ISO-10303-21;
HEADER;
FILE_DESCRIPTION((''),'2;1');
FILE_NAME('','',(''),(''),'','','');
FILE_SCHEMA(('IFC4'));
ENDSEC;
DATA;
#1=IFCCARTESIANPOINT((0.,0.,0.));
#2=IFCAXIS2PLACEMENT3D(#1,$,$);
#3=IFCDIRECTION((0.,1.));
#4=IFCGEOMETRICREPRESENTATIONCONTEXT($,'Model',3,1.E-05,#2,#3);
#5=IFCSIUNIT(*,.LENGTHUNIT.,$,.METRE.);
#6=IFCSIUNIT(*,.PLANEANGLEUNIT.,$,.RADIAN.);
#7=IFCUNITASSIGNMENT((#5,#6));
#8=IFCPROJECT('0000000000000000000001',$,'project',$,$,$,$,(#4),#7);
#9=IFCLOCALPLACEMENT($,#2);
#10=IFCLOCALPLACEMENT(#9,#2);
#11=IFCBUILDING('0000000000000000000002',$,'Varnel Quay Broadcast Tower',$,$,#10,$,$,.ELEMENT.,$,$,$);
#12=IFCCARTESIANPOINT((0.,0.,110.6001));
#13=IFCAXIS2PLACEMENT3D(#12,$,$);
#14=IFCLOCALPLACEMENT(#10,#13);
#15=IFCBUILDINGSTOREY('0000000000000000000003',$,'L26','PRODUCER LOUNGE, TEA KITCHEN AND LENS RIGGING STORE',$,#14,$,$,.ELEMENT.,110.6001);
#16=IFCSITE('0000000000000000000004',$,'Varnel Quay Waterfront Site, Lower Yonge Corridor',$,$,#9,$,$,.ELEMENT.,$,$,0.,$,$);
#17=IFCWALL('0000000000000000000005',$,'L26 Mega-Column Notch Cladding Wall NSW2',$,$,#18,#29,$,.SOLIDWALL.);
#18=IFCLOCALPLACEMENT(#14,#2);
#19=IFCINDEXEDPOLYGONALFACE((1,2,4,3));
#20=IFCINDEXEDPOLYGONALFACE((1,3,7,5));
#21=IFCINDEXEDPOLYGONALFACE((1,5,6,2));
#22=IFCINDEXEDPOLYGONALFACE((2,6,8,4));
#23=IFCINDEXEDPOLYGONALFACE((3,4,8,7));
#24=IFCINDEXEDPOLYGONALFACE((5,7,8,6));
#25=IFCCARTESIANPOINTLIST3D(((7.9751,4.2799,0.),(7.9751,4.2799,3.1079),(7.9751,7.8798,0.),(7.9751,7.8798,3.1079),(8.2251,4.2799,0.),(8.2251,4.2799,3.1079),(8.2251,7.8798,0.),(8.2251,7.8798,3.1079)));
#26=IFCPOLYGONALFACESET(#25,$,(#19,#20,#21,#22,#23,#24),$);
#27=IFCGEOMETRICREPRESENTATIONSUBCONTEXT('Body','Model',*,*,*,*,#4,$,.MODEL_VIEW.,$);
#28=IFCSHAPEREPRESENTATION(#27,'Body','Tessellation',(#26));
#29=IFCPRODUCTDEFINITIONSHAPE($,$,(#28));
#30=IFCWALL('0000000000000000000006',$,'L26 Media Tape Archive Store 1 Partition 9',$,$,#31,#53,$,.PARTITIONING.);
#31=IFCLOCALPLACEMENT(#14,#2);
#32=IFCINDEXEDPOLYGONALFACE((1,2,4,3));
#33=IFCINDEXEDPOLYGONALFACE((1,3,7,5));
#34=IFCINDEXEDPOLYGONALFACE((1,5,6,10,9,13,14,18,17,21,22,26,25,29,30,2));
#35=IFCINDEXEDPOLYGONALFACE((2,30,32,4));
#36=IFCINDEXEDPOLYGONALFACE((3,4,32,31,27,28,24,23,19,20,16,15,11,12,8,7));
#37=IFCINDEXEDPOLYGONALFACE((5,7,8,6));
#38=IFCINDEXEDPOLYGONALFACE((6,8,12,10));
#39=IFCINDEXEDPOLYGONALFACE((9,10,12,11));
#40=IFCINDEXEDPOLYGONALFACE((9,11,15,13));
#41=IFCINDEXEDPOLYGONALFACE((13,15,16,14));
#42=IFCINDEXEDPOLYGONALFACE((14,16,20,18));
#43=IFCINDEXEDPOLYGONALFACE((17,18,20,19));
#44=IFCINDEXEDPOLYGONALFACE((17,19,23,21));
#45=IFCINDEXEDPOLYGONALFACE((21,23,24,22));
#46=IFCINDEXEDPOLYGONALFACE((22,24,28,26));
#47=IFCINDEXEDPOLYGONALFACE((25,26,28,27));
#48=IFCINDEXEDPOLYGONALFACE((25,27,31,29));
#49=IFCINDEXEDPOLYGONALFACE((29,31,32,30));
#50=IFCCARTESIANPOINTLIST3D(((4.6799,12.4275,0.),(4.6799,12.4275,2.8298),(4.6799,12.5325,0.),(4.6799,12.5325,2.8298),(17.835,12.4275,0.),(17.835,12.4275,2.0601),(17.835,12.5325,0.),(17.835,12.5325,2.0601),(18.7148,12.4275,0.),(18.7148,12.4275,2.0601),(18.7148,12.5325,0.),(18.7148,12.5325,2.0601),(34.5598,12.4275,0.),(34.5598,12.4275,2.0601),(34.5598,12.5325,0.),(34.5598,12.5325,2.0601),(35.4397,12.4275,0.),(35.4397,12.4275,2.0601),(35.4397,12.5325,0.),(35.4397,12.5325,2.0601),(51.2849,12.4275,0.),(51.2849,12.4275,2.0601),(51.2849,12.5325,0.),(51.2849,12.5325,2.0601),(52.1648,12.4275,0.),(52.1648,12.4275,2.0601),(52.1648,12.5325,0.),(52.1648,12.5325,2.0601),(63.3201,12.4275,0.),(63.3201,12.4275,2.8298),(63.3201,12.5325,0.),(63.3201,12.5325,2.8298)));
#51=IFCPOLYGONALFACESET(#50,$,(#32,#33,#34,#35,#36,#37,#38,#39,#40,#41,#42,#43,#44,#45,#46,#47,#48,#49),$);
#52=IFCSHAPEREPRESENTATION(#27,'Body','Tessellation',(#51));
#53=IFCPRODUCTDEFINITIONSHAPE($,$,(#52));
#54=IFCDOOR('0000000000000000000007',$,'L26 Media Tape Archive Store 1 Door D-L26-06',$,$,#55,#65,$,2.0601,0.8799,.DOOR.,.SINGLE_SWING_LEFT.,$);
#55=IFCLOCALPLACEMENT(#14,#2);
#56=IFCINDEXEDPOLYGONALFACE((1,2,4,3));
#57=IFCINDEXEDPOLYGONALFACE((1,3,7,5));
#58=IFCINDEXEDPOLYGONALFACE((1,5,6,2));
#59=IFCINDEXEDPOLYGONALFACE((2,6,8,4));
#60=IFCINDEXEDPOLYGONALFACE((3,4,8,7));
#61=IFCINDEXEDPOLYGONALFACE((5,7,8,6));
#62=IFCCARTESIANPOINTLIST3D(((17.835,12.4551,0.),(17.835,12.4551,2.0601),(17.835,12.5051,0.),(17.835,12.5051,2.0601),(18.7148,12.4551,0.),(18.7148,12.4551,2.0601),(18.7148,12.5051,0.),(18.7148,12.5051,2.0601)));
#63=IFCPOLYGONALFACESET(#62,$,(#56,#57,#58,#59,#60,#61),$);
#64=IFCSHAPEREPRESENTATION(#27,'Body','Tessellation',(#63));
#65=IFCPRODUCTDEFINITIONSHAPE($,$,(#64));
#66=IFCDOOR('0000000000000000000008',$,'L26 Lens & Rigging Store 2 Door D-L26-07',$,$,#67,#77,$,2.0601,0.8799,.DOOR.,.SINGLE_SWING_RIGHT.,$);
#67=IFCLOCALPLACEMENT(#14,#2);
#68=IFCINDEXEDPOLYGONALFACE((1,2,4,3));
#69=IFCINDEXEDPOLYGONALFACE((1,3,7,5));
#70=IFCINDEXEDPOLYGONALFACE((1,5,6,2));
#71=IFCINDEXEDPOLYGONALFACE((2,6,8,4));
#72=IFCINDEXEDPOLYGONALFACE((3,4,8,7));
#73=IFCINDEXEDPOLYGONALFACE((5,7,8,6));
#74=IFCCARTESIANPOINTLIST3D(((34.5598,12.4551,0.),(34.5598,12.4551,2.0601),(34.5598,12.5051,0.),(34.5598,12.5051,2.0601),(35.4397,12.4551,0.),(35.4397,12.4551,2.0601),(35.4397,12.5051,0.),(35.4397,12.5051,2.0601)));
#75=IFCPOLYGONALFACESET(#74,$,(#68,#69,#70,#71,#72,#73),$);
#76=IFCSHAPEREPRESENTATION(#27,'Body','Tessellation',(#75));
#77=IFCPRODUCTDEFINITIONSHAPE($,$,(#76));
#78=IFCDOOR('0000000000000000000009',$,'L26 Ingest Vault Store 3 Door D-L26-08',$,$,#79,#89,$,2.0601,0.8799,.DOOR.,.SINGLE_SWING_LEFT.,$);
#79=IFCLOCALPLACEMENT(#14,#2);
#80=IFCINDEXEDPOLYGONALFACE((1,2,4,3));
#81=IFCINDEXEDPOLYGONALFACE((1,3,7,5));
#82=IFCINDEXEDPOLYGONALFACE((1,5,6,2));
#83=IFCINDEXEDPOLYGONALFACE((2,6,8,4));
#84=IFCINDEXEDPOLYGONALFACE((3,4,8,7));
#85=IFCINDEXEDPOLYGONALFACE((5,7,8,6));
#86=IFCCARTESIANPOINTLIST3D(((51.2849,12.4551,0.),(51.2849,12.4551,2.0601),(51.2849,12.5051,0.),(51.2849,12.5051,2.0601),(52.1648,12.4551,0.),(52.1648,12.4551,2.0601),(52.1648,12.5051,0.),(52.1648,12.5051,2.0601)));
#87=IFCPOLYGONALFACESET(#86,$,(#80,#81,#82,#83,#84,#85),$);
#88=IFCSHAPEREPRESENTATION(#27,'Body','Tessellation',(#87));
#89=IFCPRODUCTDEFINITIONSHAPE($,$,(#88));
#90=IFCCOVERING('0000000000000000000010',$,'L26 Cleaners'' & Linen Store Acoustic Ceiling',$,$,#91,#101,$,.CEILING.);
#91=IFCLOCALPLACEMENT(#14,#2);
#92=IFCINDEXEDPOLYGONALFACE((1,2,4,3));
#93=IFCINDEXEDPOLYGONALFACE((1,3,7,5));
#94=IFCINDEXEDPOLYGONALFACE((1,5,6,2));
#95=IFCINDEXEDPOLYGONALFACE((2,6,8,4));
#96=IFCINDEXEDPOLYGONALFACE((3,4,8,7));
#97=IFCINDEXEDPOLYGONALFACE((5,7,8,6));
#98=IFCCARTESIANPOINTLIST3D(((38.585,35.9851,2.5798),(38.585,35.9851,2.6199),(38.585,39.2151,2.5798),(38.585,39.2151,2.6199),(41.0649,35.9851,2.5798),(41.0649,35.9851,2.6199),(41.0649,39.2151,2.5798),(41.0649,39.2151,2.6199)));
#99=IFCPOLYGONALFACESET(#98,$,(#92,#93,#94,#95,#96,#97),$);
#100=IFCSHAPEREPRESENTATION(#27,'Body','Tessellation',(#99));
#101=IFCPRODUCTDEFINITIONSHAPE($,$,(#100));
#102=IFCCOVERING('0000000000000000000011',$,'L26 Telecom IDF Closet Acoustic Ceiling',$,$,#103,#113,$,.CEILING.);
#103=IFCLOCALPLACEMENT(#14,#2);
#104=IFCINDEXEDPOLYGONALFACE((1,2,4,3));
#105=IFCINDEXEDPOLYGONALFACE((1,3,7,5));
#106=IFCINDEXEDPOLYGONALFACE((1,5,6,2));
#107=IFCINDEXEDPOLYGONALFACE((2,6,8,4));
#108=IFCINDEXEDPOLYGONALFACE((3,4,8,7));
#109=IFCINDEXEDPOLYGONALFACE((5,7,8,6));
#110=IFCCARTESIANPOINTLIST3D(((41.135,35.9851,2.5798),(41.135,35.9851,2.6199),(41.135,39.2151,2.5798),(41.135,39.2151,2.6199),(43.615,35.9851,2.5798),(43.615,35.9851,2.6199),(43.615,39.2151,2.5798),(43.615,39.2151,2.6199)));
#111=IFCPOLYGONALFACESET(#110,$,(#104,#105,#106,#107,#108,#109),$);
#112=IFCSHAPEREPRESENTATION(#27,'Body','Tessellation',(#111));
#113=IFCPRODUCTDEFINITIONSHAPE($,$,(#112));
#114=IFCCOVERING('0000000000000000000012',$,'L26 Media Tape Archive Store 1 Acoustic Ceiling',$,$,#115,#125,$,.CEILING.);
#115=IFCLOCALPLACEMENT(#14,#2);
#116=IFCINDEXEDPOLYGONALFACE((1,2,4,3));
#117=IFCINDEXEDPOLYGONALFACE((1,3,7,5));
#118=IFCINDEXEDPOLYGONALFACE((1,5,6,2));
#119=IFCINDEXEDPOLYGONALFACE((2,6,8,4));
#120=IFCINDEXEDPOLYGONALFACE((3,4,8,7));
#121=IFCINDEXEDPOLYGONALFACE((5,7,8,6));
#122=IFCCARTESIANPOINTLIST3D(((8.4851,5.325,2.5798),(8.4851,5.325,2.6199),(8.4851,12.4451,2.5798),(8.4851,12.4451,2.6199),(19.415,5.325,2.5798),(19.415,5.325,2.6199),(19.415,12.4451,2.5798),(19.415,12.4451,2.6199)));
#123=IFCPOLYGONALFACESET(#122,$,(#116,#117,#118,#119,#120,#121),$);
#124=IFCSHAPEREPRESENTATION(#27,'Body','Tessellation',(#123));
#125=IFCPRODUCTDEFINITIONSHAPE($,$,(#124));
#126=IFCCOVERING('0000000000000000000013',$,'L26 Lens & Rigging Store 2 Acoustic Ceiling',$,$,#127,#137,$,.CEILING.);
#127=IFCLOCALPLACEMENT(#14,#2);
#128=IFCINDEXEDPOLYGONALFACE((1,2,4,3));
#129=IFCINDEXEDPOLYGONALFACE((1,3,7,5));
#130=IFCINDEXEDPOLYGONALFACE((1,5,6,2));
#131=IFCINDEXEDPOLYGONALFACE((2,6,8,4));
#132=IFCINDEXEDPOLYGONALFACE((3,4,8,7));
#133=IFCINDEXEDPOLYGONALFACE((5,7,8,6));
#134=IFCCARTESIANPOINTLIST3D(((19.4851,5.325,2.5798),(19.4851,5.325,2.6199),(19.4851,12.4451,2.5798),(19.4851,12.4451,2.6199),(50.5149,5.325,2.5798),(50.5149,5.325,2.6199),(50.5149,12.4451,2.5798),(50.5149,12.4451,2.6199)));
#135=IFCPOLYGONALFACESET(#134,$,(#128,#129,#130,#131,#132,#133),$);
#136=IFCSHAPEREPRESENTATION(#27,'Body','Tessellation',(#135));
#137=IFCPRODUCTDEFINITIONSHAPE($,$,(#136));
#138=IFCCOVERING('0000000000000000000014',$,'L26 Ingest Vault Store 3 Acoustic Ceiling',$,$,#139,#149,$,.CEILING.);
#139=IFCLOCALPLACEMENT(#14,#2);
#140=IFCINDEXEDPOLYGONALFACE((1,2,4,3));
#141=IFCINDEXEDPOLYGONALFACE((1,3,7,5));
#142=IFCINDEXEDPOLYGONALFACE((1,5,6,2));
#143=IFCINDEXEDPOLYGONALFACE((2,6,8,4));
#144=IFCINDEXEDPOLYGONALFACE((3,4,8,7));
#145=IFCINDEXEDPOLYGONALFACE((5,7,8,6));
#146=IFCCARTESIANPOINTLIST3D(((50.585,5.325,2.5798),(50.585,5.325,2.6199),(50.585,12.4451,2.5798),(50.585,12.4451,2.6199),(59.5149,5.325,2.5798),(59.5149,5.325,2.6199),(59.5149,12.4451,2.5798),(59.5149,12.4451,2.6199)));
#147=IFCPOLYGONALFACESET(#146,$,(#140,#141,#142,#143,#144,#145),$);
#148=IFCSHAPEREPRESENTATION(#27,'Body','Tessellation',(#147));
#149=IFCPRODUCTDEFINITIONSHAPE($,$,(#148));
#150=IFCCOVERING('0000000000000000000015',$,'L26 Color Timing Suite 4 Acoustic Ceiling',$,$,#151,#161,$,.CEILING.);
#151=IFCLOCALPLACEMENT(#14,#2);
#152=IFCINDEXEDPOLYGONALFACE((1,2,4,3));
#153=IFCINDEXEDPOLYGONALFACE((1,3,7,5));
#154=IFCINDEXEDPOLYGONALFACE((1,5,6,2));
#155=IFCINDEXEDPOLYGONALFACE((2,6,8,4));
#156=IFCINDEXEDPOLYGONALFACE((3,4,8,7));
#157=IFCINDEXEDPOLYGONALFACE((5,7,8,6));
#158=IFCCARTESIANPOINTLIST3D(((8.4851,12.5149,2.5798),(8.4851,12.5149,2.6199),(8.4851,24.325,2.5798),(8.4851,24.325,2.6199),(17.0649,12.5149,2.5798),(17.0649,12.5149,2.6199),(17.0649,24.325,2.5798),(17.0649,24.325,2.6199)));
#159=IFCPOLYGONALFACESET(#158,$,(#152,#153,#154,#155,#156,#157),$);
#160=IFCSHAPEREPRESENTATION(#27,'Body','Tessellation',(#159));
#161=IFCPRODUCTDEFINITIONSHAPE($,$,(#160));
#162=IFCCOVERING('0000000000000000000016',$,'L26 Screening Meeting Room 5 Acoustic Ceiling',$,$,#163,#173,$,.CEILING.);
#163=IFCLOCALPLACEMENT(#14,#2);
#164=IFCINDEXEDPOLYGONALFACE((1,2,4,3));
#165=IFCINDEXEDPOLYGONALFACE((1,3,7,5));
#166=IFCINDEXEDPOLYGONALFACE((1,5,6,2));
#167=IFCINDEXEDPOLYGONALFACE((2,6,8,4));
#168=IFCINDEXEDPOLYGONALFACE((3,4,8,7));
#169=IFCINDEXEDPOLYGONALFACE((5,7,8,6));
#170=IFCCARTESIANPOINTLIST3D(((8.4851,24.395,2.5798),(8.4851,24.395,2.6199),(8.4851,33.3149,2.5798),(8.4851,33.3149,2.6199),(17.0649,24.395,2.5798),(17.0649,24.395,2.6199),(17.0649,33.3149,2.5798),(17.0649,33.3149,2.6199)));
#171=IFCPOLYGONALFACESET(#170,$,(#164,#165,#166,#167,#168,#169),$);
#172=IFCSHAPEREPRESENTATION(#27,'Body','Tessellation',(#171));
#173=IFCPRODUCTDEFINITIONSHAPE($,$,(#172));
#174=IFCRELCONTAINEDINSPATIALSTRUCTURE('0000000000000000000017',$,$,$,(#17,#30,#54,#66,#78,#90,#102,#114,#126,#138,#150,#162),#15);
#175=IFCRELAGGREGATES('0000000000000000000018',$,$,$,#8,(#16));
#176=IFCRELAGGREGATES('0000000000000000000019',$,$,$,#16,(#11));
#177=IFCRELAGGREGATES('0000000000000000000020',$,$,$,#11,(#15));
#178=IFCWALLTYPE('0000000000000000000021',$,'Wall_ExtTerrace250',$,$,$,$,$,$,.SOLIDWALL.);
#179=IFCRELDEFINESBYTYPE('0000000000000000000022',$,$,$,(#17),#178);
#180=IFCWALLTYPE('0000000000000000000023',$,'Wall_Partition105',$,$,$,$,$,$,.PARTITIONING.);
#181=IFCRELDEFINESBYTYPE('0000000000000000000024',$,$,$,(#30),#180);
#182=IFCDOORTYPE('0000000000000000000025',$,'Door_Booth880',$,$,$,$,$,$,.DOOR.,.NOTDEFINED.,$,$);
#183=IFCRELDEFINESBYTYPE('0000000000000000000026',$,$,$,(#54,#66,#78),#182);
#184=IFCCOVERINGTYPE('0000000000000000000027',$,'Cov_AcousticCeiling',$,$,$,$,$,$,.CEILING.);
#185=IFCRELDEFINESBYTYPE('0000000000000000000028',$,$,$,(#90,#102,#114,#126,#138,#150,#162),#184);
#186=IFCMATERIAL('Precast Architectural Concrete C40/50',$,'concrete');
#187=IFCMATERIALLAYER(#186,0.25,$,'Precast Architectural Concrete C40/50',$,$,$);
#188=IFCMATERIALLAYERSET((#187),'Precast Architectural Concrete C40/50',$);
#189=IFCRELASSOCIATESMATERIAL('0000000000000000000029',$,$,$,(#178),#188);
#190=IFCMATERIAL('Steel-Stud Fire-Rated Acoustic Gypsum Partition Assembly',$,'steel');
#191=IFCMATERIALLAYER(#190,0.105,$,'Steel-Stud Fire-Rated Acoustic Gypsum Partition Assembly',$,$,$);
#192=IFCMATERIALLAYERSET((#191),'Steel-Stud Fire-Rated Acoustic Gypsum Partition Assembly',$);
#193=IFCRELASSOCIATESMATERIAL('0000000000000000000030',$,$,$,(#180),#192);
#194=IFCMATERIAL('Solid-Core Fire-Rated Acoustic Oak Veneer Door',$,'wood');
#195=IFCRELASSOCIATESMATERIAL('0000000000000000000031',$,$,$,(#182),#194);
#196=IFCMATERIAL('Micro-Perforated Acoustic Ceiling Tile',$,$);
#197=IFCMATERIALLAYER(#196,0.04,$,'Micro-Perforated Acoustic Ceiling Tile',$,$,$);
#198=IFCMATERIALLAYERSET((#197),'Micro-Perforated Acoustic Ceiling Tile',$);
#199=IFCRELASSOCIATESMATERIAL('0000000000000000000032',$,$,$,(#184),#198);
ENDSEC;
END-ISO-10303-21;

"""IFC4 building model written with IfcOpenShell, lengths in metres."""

from ifc_helpers import new_model, si_unit, direction, frame, frame_2d, origin, place, context, subcontext, project, spatial, polyline, rectangle, outline, extrude, source, transform, mapped, material, layer, layer_set, type_object, type_shapes, element, fill, save


model = new_model("IFC4")

# Units and contexts
model_context = context("Model", 3, precision=1e-05, world=origin(), true_north=direction((0.0, 1.0)))
body_context = subcontext(model_context, "Body", "Model", "MODEL_VIEW")
ifc_project = project(units=[si_unit("LENGTHUNIT", "METRE"), si_unit("PLANEANGLEUNIT", "RADIAN")], contexts=[model_context])

# Site, building, storey
site_placement = place(None, origin())
site = spatial("IfcSite", under=ifc_project, at=site_placement, Name="Varnel Quay Waterfront Site, Lower Yonge Corridor", CompositionType="ELEMENT", RefElevation=0.0)
building_placement = place(site_placement, origin())
building = spatial("IfcBuilding", under=site, at=building_placement, Name="Varnel Quay Broadcast Tower", CompositionType="ELEMENT")
storey_placement = place(building_placement, frame((0.0, 0.0, 110.6001)))
storey = spatial("IfcBuildingStorey", under=building, at=storey_placement, Name="L26", Description="PRODUCER LOUNGE, TEA KITCHEN AND LENS RIGGING STORE", CompositionType="ELEMENT", Elevation=110.6001)

# Wall
ifc_material_1 = material(Name="Precast Architectural Concrete C40/50", Category="concrete")
ifc_layer_1 = layer(ifc_material_1, 0.25, Name="Precast Architectural Concrete C40/50")
ifc_layer_set_1 = layer_set([ifc_layer_1], Name="Precast Architectural Concrete C40/50")
wall_type_1 = type_object("IfcWallType", Name="Wall_ExtTerrace250", PredefinedType="SOLIDWALL", material=ifc_layer_set_1)
wall_1_placement = place(storey_placement, frame((8.1001, 4.28, 0.0), z_axis=(0.0, 0.0, 1.0), x_axis=(0.0, 1.0, 0.0)))
element("IfcWall", 1, at=wall_1_placement, inside=storey, type_object=wall_type_1, Name="L26 Mega-Column Notch Cladding Wall NSW2", PredefinedType="SOLIDWALL", context=body_context, shape_type="SweptSolid", body=[
    extrude(rectangle(XDim=3.5999, YDim=0.25, at=frame_2d((1.7998, 0.0))), origin(), (0.0, 0.0, 1.0), 3.1079),
])

# Wall, openings, doors
ifc_material_2 = material(Name="Steel-Stud Fire-Rated Acoustic Gypsum Partition Assembly", Category="steel")
ifc_layer_2 = layer(ifc_material_2, 0.105, Name="Steel-Stud Fire-Rated Acoustic Gypsum Partition Assembly")
ifc_layer_set_2 = layer_set([ifc_layer_2], Name="Steel-Stud Fire-Rated Acoustic Gypsum Partition Assembly")
wall_type_2 = type_object("IfcWallType", Name="Wall_Partition105", PredefinedType="PARTITIONING", material=ifc_layer_set_2)
wall_2_placement = place(storey_placement, frame((4.6799, 12.48, 0.0), z_axis=(0.0, 0.0, 1.0), x_axis=(1.0, 0.0, 0.0)))
wall_2 = element("IfcWall", 2, at=wall_2_placement, inside=storey, type_object=wall_type_2, Name="L26 Media Tape Archive Store 1 Partition 9", PredefinedType="PARTITIONING", context=body_context, shape_type="SweptSolid", body=[
    extrude(rectangle(XDim=58.6401, YDim=0.105, at=frame_2d((29.3201, 0.0))), origin(), (0.0, 0.0, 1.0), 2.8298),
])
opening_1_placement = place(wall_2_placement, frame((13.155, 0.0, 0.0)))
opening_1 = element("IfcOpeningElement", 3, at=opening_1_placement, cuts=wall_2, PredefinedType="OPENING", context=body_context, shape_type="SweptSolid", body=[
    extrude(rectangle(XDim=0.8799, YDim=2.0601, at=frame_2d((0.4399, 1.03))), frame((0.0, 0.0625, 0.0), z_axis=(0.0, -1.0, 0.0), x_axis=(1.0, 0.0, 0.0)), (0.0, 0.0, 1.0), 0.125),
])
opening_2_placement = place(wall_2_placement, frame((29.8799, 0.0, 0.0)))
opening_2 = element("IfcOpeningElement", 4, at=opening_2_placement, cuts=wall_2, PredefinedType="OPENING", context=body_context, shape_type="SweptSolid", body=[
    extrude(rectangle(XDim=0.8799, YDim=2.0601, at=frame_2d((0.4399, 1.03))), frame((0.0, 0.0625, 0.0), z_axis=(0.0, -1.0, 0.0), x_axis=(1.0, 0.0, 0.0)), (0.0, 0.0, 1.0), 0.125),
])
opening_3_placement = place(wall_2_placement, frame((46.605, 0.0, 0.0)))
opening_3 = element("IfcOpeningElement", 5, at=opening_3_placement, cuts=wall_2, PredefinedType="OPENING", context=body_context, shape_type="SweptSolid", body=[
    extrude(rectangle(XDim=0.8799, YDim=2.0601, at=frame_2d((0.4399, 1.03))), frame((0.0, 0.0625, 0.0), z_axis=(0.0, -1.0, 0.0), x_axis=(1.0, 0.0, 0.0)), (0.0, 0.0, 1.0), 0.125),
])
ifc_material_3 = material(Name="Solid-Core Fire-Rated Acoustic Oak Veneer Door", Category="wood")
door_type = type_object("IfcDoorType", Name="Door_Booth880", OperationType="NOTDEFINED", PredefinedType="DOOR", material=ifc_material_3)
shared_shape_1 = source(origin(), body_context, "Body", "SweptSolid", [
    extrude(rectangle(XDim=0.8799, YDim=2.0601, at=frame_2d((0.4399, 1.03))), frame((0.0, 0.0249, 0.0), z_axis=(0.0, -1.0, 0.0), x_axis=(1.0, 0.0, 0.0)), (0.0, 0.0, 1.0), 0.05),
])
type_shapes(door_type, [shared_shape_1])
door_1_placement = place(opening_1_placement, frame((0.8799, 0.0, 0.0), z_axis=(0.0, 0.0, 1.0), x_axis=(-1.0, 0.0, 0.0)))
door_1 = element("IfcDoor", 6, at=door_1_placement, inside=storey, type_object=door_type, Name="L26 Media Tape Archive Store 1 Door D-L26-06", OperationType="SINGLE_SWING_LEFT", OverallHeight=2.0601, OverallWidth=0.8799, PredefinedType="DOOR", context=body_context, shape_type="MappedRepresentation", body=[
    mapped(shared_shape_1, transform((0.0, 0.0, 0.0), x_axis=(1.0, 0.0, 0.0), y_axis=(0.0, 1.0, 0.0), z_axis=(0.0, 0.0, 1.0), scale=1.0)),
])
fill(opening_1, door_1)
door_2_placement = place(opening_2_placement, frame((0.8799, 0.0, 0.0), z_axis=(0.0, 0.0, 1.0), x_axis=(-1.0, 0.0, 0.0)))
door_2 = element("IfcDoor", 7, at=door_2_placement, inside=storey, type_object=door_type, Name="L26 Lens & Rigging Store 2 Door D-L26-07", OperationType="SINGLE_SWING_RIGHT", OverallHeight=2.0601, OverallWidth=0.8799, PredefinedType="DOOR", context=body_context, shape_type="MappedRepresentation", body=[
    mapped(shared_shape_1, transform((0.0, 0.0, 0.0), x_axis=(1.0, 0.0, 0.0), y_axis=(0.0, 1.0, 0.0), z_axis=(0.0, 0.0, 1.0), scale=1.0)),
])
fill(opening_2, door_2)
door_3_placement = place(opening_3_placement, frame((0.8799, 0.0, 0.0), z_axis=(0.0, 0.0, 1.0), x_axis=(-1.0, 0.0, 0.0)))
door_3 = element("IfcDoor", 8, at=door_3_placement, inside=storey, type_object=door_type, Name="L26 Ingest Vault Store 3 Door D-L26-08", OperationType="SINGLE_SWING_LEFT", OverallHeight=2.0601, OverallWidth=0.8799, PredefinedType="DOOR", context=body_context, shape_type="MappedRepresentation", body=[
    mapped(shared_shape_1, transform((0.0, 0.0, 0.0), x_axis=(1.0, 0.0, 0.0), y_axis=(0.0, 1.0, 0.0), z_axis=(0.0, 0.0, 1.0), scale=1.0)),
])
fill(opening_3, door_3)

# Coverings
ifc_material_4 = material(Name="Micro-Perforated Acoustic Ceiling Tile")
ifc_layer_3 = layer(ifc_material_4, 0.04, Name="Micro-Perforated Acoustic Ceiling Tile")
ifc_layer_set_3 = layer_set([ifc_layer_3], Name="Micro-Perforated Acoustic Ceiling Tile")
covering_type_1 = type_object("IfcCoveringType", Name="Cov_AcousticCeiling", PredefinedType="CEILING", material=ifc_layer_set_3)
covering_1_placement = place(storey_placement, frame((0.0, 0.0, 2.5798)))
element("IfcCovering", 9, at=covering_1_placement, inside=storey, type_object=covering_type_1, Name="L26 Cleaners' & Linen Store Acoustic Ceiling", PredefinedType="CEILING", context=body_context, shape_type="SweptSolid", body=[
    extrude(outline(polyline([(38.585, 35.9851), (41.0649, 35.9851), (41.0649, 39.2151), (38.585, 39.2151), (38.585, 35.9851)])), origin(), (0.0, 0.0, 1.0), 0.04),
])
covering_2_placement = place(storey_placement, frame((0.0, 0.0, 2.5798)))
element("IfcCovering", 10, at=covering_2_placement, inside=storey, type_object=covering_type_1, Name="L26 Telecom IDF Closet Acoustic Ceiling", PredefinedType="CEILING", context=body_context, shape_type="SweptSolid", body=[
    extrude(outline(polyline([(41.135, 35.9851), (43.615, 35.9851), (43.615, 39.2151), (41.135, 39.2151), (41.135, 35.9851)])), origin(), (0.0, 0.0, 1.0), 0.04),
])
covering_3_placement = place(storey_placement, frame((0.0, 0.0, 2.5798)))
element("IfcCovering", 11, at=covering_3_placement, inside=storey, type_object=covering_type_1, Name="L26 Media Tape Archive Store 1 Acoustic Ceiling", PredefinedType="CEILING", context=body_context, shape_type="SweptSolid", body=[
    extrude(outline(polyline([(8.4851, 5.325), (19.415, 5.325), (19.415, 12.4451), (8.4851, 12.4451), (8.4851, 5.325)])), origin(), (0.0, 0.0, 1.0), 0.04),
])
covering_4_placement = place(storey_placement, frame((0.0, 0.0, 2.5798)))
element("IfcCovering", 12, at=covering_4_placement, inside=storey, type_object=covering_type_1, Name="L26 Lens & Rigging Store 2 Acoustic Ceiling", PredefinedType="CEILING", context=body_context, shape_type="SweptSolid", body=[
    extrude(outline(polyline([(19.4851, 5.325), (50.5149, 5.325), (50.5149, 12.4451), (19.4851, 12.4451), (19.4851, 5.325)])), origin(), (0.0, 0.0, 1.0), 0.04),
])
covering_5_placement = place(storey_placement, frame((0.0, 0.0, 2.5798)))
element("IfcCovering", 13, at=covering_5_placement, inside=storey, type_object=covering_type_1, Name="L26 Ingest Vault Store 3 Acoustic Ceiling", PredefinedType="CEILING", context=body_context, shape_type="SweptSolid", body=[
    extrude(outline(polyline([(50.585, 5.325), (59.5149, 5.325), (59.5149, 12.4451), (50.585, 12.4451), (50.585, 5.325)])), origin(), (0.0, 0.0, 1.0), 0.04),
])
covering_6_placement = place(storey_placement, frame((0.0, 0.0, 2.5798)))
element("IfcCovering", 14, at=covering_6_placement, inside=storey, type_object=covering_type_1, Name="L26 Color Timing Suite 4 Acoustic Ceiling", PredefinedType="CEILING", context=body_context, shape_type="SweptSolid", body=[
    extrude(outline(polyline([(8.4851, 12.5149), (17.0649, 12.5149), (17.0649, 24.325), (8.4851, 24.325), (8.4851, 12.5149)])), origin(), (0.0, 0.0, 1.0), 0.04),
])
covering_7_placement = place(storey_placement, frame((0.0, 0.0, 2.5798)))
element("IfcCovering", 15, at=covering_7_placement, inside=storey, type_object=covering_type_1, Name="L26 Screening Meeting Room 5 Acoustic Ceiling", PredefinedType="CEILING", context=body_context, shape_type="SweptSolid", body=[
    extrude(outline(polyline([(8.4851, 24.395), (17.0649, 24.395), (17.0649, 33.3149), (8.4851, 33.3149), (8.4851, 24.395)])), origin(), (0.0, 0.0, 1.0), 0.04),
])

save(model, "model.ifc")
